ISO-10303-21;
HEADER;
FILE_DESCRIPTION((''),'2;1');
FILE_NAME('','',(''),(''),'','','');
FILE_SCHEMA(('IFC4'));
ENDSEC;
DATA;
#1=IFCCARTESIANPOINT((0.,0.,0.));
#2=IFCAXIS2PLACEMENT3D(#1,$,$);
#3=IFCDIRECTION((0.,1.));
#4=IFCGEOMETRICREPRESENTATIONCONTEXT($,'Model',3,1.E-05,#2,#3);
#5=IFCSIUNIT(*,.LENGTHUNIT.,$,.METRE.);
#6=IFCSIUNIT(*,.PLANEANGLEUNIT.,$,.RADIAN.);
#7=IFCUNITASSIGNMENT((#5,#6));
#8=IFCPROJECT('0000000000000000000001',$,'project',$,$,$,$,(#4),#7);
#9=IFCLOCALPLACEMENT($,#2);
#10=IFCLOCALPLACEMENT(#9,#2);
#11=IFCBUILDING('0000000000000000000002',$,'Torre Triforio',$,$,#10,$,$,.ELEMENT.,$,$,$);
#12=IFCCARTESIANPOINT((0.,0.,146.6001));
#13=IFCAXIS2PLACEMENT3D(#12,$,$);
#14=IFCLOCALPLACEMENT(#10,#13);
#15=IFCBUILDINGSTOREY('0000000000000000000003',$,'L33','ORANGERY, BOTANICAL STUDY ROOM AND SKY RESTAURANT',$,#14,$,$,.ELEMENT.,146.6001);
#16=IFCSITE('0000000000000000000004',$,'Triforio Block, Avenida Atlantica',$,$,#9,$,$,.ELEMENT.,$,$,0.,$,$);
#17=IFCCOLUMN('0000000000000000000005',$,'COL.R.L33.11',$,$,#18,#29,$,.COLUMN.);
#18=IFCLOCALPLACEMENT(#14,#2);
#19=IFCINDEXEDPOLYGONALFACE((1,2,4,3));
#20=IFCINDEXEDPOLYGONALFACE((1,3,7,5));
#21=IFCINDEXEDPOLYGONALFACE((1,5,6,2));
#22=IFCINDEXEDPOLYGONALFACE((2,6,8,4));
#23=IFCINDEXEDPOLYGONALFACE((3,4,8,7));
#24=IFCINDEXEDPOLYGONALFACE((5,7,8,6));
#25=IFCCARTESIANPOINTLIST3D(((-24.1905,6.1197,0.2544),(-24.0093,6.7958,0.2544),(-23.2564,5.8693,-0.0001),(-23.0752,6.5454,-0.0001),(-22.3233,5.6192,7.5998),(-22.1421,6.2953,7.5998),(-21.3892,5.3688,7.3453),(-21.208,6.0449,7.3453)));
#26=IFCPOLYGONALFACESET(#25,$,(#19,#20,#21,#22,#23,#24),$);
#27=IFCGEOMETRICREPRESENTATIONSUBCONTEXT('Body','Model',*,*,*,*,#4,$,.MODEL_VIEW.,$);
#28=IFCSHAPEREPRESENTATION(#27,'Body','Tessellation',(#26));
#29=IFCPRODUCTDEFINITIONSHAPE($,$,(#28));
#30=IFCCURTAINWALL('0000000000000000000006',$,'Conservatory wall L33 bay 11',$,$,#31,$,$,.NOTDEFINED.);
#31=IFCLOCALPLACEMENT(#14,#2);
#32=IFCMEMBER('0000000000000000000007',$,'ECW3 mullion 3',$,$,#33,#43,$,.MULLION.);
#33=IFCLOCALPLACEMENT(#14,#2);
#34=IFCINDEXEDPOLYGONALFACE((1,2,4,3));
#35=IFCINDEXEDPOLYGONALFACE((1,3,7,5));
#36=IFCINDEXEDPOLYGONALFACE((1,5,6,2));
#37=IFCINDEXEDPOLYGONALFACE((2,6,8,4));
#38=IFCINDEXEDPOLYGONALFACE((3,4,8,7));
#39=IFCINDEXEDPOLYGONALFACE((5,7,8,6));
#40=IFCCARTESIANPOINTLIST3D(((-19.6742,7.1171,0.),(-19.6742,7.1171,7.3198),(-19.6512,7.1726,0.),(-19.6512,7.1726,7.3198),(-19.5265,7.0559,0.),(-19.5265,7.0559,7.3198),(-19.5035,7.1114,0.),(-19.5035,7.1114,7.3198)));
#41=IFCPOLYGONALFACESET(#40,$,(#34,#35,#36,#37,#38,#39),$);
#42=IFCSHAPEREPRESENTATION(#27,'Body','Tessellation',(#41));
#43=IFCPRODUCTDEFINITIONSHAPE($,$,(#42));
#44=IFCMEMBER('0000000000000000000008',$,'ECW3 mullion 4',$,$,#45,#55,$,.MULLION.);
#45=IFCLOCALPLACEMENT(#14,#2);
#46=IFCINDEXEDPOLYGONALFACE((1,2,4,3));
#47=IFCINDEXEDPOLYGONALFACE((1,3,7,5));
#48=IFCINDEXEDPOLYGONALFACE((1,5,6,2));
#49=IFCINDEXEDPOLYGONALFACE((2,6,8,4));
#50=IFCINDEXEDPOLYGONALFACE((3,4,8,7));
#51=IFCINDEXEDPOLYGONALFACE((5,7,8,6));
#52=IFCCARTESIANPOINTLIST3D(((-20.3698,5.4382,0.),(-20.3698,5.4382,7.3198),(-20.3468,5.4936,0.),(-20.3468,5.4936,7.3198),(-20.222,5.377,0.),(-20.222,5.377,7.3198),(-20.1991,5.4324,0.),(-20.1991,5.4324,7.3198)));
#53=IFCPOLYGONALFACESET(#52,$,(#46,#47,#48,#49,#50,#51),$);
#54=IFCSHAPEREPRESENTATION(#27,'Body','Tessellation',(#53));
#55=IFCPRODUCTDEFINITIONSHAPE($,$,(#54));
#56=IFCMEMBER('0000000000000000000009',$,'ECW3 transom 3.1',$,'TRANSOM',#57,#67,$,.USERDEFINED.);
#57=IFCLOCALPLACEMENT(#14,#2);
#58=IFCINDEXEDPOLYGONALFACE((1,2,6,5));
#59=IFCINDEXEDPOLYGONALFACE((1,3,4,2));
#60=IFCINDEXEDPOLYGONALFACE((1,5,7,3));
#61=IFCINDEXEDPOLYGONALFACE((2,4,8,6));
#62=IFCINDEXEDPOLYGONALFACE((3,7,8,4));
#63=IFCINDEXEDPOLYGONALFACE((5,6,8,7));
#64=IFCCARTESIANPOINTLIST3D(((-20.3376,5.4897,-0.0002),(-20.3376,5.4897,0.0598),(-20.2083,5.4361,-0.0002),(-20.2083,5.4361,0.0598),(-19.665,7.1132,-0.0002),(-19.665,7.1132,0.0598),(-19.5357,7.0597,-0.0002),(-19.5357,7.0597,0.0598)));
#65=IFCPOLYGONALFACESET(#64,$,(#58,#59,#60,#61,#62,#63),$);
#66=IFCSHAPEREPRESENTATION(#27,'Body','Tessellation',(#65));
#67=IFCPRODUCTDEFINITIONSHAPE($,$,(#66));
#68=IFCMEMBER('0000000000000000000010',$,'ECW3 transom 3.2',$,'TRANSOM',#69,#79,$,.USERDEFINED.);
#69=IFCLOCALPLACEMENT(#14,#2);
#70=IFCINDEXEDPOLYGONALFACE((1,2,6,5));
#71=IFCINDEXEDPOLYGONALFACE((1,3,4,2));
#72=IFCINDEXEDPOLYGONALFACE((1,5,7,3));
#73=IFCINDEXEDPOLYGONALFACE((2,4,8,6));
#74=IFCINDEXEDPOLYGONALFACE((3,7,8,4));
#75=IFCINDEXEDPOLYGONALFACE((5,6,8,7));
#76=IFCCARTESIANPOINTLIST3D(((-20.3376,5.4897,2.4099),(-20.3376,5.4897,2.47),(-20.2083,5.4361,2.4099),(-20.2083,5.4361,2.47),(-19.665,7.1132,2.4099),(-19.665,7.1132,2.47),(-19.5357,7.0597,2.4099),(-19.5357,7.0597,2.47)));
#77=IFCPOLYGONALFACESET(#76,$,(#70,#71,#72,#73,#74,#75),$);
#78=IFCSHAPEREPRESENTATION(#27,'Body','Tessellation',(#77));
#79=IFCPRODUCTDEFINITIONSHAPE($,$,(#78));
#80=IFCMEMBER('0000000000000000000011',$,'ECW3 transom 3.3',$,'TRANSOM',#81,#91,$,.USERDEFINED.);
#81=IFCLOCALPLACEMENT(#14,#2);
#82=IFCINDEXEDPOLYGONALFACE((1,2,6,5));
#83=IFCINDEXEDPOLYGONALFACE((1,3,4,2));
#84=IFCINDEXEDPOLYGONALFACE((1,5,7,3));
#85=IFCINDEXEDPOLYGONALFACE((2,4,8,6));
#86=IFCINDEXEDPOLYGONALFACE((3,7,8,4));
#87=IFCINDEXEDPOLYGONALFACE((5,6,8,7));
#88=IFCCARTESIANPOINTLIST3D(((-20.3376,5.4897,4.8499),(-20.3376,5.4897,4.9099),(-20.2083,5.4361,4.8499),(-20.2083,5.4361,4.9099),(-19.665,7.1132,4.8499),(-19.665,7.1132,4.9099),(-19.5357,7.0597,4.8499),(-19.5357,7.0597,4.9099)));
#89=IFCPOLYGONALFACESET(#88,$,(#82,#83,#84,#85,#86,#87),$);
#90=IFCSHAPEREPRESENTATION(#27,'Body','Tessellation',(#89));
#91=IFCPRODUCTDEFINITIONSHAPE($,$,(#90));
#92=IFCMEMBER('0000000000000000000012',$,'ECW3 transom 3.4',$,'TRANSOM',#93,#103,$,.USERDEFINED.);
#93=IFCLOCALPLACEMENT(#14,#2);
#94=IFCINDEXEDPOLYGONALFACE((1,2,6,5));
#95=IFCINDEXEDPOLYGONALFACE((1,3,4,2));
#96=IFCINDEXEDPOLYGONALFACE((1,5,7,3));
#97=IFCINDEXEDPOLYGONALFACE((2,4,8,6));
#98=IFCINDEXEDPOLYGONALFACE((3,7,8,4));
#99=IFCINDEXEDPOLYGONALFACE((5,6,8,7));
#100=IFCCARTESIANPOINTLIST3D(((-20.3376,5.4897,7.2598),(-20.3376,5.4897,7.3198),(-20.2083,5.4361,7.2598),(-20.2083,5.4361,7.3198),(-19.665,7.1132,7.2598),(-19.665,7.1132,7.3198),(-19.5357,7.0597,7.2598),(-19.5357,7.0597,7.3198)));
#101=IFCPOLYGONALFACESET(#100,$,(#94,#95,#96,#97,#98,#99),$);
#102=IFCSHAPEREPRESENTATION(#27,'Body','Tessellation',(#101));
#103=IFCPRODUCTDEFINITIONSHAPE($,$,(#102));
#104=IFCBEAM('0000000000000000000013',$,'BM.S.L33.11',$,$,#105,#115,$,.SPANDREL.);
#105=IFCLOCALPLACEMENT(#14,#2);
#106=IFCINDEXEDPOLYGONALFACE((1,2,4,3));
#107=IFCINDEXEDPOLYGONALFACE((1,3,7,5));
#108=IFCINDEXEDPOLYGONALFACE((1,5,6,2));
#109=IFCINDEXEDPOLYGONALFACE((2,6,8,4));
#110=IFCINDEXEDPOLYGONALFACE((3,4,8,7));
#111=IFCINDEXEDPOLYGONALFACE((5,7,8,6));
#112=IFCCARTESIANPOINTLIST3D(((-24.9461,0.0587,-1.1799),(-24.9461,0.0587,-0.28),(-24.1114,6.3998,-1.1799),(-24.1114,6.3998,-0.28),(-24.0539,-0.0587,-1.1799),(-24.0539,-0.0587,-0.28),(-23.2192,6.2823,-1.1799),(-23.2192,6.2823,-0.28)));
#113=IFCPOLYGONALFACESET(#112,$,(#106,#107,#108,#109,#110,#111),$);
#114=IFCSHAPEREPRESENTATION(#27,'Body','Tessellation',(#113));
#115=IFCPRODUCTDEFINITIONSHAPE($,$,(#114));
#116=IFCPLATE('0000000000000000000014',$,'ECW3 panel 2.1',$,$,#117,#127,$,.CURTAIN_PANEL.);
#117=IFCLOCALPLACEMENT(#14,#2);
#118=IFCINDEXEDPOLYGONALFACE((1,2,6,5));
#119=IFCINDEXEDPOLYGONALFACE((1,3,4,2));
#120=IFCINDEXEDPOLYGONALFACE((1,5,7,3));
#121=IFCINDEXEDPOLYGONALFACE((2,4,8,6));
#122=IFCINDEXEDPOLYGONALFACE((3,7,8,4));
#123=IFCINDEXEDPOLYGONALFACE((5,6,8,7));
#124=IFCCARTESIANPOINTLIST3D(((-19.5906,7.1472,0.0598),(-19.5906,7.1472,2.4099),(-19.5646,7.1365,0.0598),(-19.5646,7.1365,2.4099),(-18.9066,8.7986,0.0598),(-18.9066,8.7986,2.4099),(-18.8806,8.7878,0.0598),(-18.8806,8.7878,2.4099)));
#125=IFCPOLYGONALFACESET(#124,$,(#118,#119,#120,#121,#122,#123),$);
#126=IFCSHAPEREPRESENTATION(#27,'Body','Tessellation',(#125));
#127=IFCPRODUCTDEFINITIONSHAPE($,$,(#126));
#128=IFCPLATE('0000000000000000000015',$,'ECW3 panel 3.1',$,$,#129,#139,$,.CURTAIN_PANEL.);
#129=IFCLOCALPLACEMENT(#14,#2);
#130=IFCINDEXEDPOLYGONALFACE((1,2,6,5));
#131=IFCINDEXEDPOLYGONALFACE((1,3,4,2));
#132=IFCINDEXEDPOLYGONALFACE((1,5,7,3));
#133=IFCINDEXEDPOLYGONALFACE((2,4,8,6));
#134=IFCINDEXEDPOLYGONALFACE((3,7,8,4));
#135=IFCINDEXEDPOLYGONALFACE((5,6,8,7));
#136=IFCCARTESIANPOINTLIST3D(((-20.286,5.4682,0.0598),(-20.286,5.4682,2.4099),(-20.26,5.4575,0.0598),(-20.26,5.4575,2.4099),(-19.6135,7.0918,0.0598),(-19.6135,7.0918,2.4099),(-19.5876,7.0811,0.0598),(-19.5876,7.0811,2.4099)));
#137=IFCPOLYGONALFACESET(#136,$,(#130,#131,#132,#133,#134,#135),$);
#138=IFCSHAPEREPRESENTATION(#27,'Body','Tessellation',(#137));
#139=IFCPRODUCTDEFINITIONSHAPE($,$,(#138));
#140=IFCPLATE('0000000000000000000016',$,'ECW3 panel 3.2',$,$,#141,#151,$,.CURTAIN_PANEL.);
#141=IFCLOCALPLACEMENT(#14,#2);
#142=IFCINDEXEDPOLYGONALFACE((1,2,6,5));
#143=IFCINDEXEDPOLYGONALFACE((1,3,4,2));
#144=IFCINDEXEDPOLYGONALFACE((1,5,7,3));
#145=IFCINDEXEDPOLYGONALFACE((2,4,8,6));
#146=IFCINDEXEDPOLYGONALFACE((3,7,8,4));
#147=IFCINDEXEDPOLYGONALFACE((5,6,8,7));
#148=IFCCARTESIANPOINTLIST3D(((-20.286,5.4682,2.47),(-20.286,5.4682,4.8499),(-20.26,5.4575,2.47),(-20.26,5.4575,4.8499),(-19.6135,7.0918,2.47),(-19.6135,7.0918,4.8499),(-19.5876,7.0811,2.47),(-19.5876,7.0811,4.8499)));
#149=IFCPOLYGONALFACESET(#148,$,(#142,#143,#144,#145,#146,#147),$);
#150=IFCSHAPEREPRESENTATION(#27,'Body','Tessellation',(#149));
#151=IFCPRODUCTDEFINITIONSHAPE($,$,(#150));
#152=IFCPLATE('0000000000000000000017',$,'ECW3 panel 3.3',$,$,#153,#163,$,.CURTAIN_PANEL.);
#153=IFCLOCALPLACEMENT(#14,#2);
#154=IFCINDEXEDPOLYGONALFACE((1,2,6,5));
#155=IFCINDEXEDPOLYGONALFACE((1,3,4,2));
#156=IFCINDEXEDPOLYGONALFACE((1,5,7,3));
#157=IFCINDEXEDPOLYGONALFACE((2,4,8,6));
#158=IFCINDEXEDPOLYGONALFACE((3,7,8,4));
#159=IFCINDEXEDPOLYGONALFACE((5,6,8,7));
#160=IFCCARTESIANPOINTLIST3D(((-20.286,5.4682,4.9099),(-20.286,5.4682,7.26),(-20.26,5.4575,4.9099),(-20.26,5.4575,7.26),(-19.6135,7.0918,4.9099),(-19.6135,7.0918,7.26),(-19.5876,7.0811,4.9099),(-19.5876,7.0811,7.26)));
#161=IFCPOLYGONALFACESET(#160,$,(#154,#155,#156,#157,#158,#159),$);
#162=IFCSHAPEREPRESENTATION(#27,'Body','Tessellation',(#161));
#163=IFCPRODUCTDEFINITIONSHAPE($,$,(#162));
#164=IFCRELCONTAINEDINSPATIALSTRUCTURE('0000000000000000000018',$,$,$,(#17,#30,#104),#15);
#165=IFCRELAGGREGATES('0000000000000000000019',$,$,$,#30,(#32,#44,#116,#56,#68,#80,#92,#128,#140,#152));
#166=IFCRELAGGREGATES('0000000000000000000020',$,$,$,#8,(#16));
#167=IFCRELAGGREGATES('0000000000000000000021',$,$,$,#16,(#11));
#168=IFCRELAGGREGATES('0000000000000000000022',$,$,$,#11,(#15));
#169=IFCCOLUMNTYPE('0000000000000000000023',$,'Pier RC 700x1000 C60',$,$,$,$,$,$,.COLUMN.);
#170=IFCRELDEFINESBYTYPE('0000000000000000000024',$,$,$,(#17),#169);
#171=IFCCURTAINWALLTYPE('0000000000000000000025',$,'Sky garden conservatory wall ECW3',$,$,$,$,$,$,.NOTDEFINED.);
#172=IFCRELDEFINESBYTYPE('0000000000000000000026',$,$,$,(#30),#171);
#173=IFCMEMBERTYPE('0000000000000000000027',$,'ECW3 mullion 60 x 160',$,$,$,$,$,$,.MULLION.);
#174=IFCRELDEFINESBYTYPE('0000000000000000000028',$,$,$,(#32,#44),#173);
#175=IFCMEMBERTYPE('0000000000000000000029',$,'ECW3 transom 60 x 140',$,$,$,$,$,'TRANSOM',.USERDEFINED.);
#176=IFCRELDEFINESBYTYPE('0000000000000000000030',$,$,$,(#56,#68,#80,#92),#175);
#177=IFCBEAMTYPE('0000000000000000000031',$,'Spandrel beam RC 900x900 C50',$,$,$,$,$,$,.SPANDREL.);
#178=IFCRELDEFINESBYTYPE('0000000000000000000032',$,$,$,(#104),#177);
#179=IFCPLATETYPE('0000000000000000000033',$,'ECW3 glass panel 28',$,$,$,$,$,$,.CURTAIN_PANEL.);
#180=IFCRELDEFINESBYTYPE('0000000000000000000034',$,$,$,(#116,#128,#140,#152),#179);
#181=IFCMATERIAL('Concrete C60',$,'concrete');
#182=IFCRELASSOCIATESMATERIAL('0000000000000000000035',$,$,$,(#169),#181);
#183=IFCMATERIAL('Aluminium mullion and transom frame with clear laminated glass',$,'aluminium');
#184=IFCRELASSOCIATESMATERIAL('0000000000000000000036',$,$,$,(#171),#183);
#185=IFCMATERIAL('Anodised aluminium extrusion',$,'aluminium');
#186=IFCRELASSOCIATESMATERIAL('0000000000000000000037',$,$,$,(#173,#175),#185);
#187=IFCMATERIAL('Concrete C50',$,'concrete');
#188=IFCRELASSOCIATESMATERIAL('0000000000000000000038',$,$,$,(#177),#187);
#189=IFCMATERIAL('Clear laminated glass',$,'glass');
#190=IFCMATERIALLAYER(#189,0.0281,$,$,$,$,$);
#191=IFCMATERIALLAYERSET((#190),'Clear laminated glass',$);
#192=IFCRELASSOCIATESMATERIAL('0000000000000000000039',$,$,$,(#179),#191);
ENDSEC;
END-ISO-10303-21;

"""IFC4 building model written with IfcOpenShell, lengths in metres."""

from ifc_helpers import new_model, si_unit, direction, frame, origin, origin_2d, place, context, subcontext, project, spatial, rectangle, extrude, material, layer, layer_set, material_profile, profile_set, type_object, element, aggregate, save


model = new_model("IFC4")

# Units and contexts
model_context = context("Model", 3, precision=1e-05, world=origin(), true_north=direction((0.0, 1.0)))
body_context = subcontext(model_context, "Body", "Model", "MODEL_VIEW")
ifc_project = project(units=[si_unit("LENGTHUNIT", "METRE"), si_unit("PLANEANGLEUNIT", "RADIAN")], contexts=[model_context])

# Site, building, storey
site_placement = place(None, origin())
site = spatial("IfcSite", under=ifc_project, at=site_placement, Name="Triforio Block, Avenida Atlantica", CompositionType="ELEMENT", RefElevation=0.0)
building_placement = place(site_placement, origin())
building = spatial("IfcBuilding", under=site, at=building_placement, Name="Torre Triforio", CompositionType="ELEMENT")
storey_placement = place(building_placement, frame((0.0, 0.0, 146.6001)))
storey = spatial("IfcBuildingStorey", under=building, at=storey_placement, Name="L33", Description="ORANGERY, BOTANICAL STUDY ROOM AND SKY RESTAURANT", CompositionType="ELEMENT", Elevation=146.6001)

# Column
ifc_material_1 = material(Name="Concrete C60", Category="concrete")
ifc_material_profile_1 = material_profile(ifc_material_1, rectangle(XDim=0.7, YDim=1.0, at=origin_2d()), Name="RC 700x1000")
ifc_profile_set_1 = profile_set([ifc_material_profile_1], Name="Concrete C60")
column_type = type_object("IfcColumnType", Name="Pier RC 700x1000 C60", PredefinedType="COLUMN", material=ifc_profile_set_1)
column_placement = place(storey_placement, frame((-23.6328, 6.3325, 0.1272), z_axis=(0.245826, -0.065892, 0.967072), x_axis=(0.258904, 0.965903, 0.0)))
element("IfcColumn", 1, at=column_placement, inside=storey, type_object=column_type, Name="COL.R.L33.11", PredefinedType="COLUMN", context=body_context, shape_type="SweptSolid", body=[
    extrude(rectangle(XDim=0.7, YDim=1.0, at=origin_2d()), origin(), (0.0, 0.0, 1.0), 7.5955),
])

# Curtain wall, members
ifc_material_2 = material(Name="Aluminium mullion and transom frame with clear laminated glass", Category="aluminium")
curtain_wall_type = type_object("IfcCurtainWallType", Name="Sky garden conservatory wall ECW3", PredefinedType="NOTDEFINED", material=ifc_material_2)
curtain_wall_placement = place(storey_placement, origin())
curtain_wall = element("IfcCurtainWall", 2, at=curtain_wall_placement, inside=storey, type_object=curtain_wall_type, Name="Conservatory wall L33 bay 11", PredefinedType="NOTDEFINED")
ifc_material_3 = material(Name="Anodised aluminium extrusion", Category="aluminium")
ifc_material_profile_2 = material_profile(ifc_material_3, rectangle(XDim=0.1599, YDim=0.0601, at=origin_2d()), Name="ECW3 MULLION 60x160")
ifc_profile_set_2 = profile_set([ifc_material_profile_2], Name="Anodised aluminium extrusion")
member_type_1 = type_object("IfcMemberType", Name="ECW3 mullion 60 x 160", PredefinedType="MULLION", material=ifc_profile_set_2)
member_1_placement = place(storey_placement, frame((-19.5889, 7.1143, 0.0), z_axis=(0.0, 0.0, 1.0), x_axis=(0.923883, -0.382675, 0.0)))
member_1 = element("IfcMember", 3, at=member_1_placement, type_object=member_type_1, Name="ECW3 mullion 3", PredefinedType="MULLION", context=body_context, shape_type="SweptSolid", body=[
    extrude(rectangle(XDim=0.1599, YDim=0.0601, at=origin_2d()), origin(), (0.0, 0.0, 1.0), 7.3198),
])
member_2_placement = place(storey_placement, frame((-20.2844, 5.4353, 0.0), z_axis=(0.0, 0.0, 1.0), x_axis=(0.923883, -0.382675, 0.0)))
member_2 = element("IfcMember", 4, at=member_2_placement, type_object=member_type_1, Name="ECW3 mullion 4", PredefinedType="MULLION", context=body_context, shape_type="SweptSolid", body=[
    extrude(rectangle(XDim=0.1599, YDim=0.0601, at=origin_2d()), origin(), (0.0, 0.0, 1.0), 7.3198),
])
ifc_material_profile_3 = material_profile(ifc_material_3, rectangle(XDim=0.1399, YDim=0.0601, at=origin_2d()), Name="ECW3 TRANSOM 60x140")
ifc_profile_set_3 = profile_set([ifc_material_profile_3], Name="Anodised aluminium extrusion")
member_type_2 = type_object("IfcMemberType", Name="ECW3 transom 60 x 140", ElementType="TRANSOM", PredefinedType="USERDEFINED", material=ifc_profile_set_3)
member_3_placement = place(storey_placement, frame((-19.6003, 7.0864, 0.0298), z_axis=(-0.38274, -0.923856, 0.0), x_axis=(0.923856, -0.38274, 0.0)))
member_3 = element("IfcMember", 5, at=member_3_placement, type_object=member_type_2, Name="ECW3 transom 3.1", ObjectType="TRANSOM", PredefinedType="USERDEFINED", context=body_context, shape_type="SweptSolid", body=[
    extrude(rectangle(XDim=0.1399, YDim=0.0601, at=origin_2d()), origin(), (0.0, 0.0, 1.0), 1.7573),
])
member_4_placement = place(storey_placement, frame((-19.6003, 7.0864, 2.4399), z_axis=(-0.38274, -0.923856, 0.0), x_axis=(0.923856, -0.38274, 0.0)))
member_4 = element("IfcMember", 6, at=member_4_placement, type_object=member_type_2, Name="ECW3 transom 3.2", ObjectType="TRANSOM", PredefinedType="USERDEFINED", context=body_context, shape_type="SweptSolid", body=[
    extrude(rectangle(XDim=0.1399, YDim=0.0601, at=origin_2d()), origin(), (0.0, 0.0, 1.0), 1.7573),
])
member_5_placement = place(storey_placement, frame((-19.6003, 7.0864, 4.8799), z_axis=(-0.38274, -0.923856, 0.0), x_axis=(0.923856, -0.38274, 0.0)))
member_5 = element("IfcMember", 7, at=member_5_placement, type_object=member_type_2, Name="ECW3 transom 3.3", ObjectType="TRANSOM", PredefinedType="USERDEFINED", context=body_context, shape_type="SweptSolid", body=[
    extrude(rectangle(XDim=0.1399, YDim=0.0601, at=origin_2d()), origin(), (0.0, 0.0, 1.0), 1.7573),
])
member_6_placement = place(storey_placement, frame((-19.6003, 7.0864, 7.2898), z_axis=(-0.38274, -0.923856, 0.0), x_axis=(0.923856, -0.38274, 0.0)))
member_6 = element("IfcMember", 8, at=member_6_placement, type_object=member_type_2, Name="ECW3 transom 3.4", ObjectType="TRANSOM", PredefinedType="USERDEFINED", context=body_context, shape_type="SweptSolid", body=[
    extrude(rectangle(XDim=0.1399, YDim=0.0601, at=origin_2d()), origin(), (0.0, 0.0, 1.0), 1.7573),
])

# Beam
ifc_material_4 = material(Name="Concrete C50", Category="concrete")
ifc_material_profile_4 = material_profile(ifc_material_4, rectangle(XDim=0.8999, YDim=0.8999, at=origin_2d()), Name="RC 900x900")
ifc_profile_set_4 = profile_set([ifc_material_profile_4], Name="Concrete C50")
beam_type = type_object("IfcBeamType", Name="Spandrel beam RC 900x900 C50", PredefinedType="SPANDREL", material=ifc_profile_set_4)
beam_placement = place(storey_placement, frame((-23.6653, 6.3411, -0.73), z_axis=(-0.130511, -0.991447, 0.0), x_axis=(0.991447, -0.130511, 0.0)))
element("IfcBeam", 9, at=beam_placement, inside=storey, type_object=beam_type, Name="BM.S.L33.11", PredefinedType="SPANDREL", context=body_context, shape_type="SweptSolid", body=[
    extrude(rectangle(XDim=0.8999, YDim=0.8999, at=origin_2d()), origin(), (0.0, 0.0, 1.0), 6.3958),
])

# Plates
ifc_material_5 = material(Name="Clear laminated glass", Category="glass")
ifc_layer_1 = layer(ifc_material_5, 0.0281)
ifc_layer_set_1 = layer_set([ifc_layer_1], Name="Clear laminated glass")
plate_type = type_object("IfcPlateType", Name="ECW3 glass panel 28", PredefinedType="CURTAIN_PANEL", material=ifc_layer_set_1)
plate_1_placement = place(storey_placement, frame((-19.2356, 7.9675, 0.0598), z_axis=(0.0, 0.0, 1.0), x_axis=(-0.382675, -0.923883, 0.0)))
plate_1 = element("IfcPlate", 10, at=plate_1_placement, type_object=plate_type, Name="ECW3 panel 2.1", PredefinedType="CURTAIN_PANEL", context=body_context, shape_type="SweptSolid", body=[
    extrude(rectangle(XDim=1.7874, YDim=0.0281, at=origin_2d()), origin(), (0.0, 0.0, 1.0), 2.3501),
])
plate_2_placement = place(storey_placement, frame((-19.9368, 6.2747, 0.0598), z_axis=(0.0, 0.0, 1.0), x_axis=(-0.382675, -0.923883, 0.0)))
plate_2 = element("IfcPlate", 11, at=plate_2_placement, type_object=plate_type, Name="ECW3 panel 3.1", PredefinedType="CURTAIN_PANEL", context=body_context, shape_type="SweptSolid", body=[
    extrude(rectangle(XDim=1.7573, YDim=0.0281, at=origin_2d()), origin(), (0.0, 0.0, 1.0), 2.3501),
])
plate_3_placement = place(storey_placement, frame((-19.9368, 6.2747, 2.47), z_axis=(0.0, 0.0, 1.0), x_axis=(-0.382675, -0.923883, 0.0)))
plate_3 = element("IfcPlate", 12, at=plate_3_placement, type_object=plate_type, Name="ECW3 panel 3.2", PredefinedType="CURTAIN_PANEL", context=body_context, shape_type="SweptSolid", body=[
    extrude(rectangle(XDim=1.7573, YDim=0.0281, at=origin_2d()), origin(), (0.0, 0.0, 1.0), 2.3799),
])
plate_4_placement = place(storey_placement, frame((-19.9368, 6.2747, 4.9099), z_axis=(0.0, 0.0, 1.0), x_axis=(-0.382675, -0.923883, 0.0)))
plate_4 = element("IfcPlate", 13, at=plate_4_placement, type_object=plate_type, Name="ECW3 panel 3.3", PredefinedType="CURTAIN_PANEL", context=body_context, shape_type="SweptSolid", body=[
    extrude(rectangle(XDim=1.7573, YDim=0.0281, at=origin_2d()), origin(), (0.0, 0.0, 1.0), 2.3501),
])
aggregate(curtain_wall, [member_1, member_2, plate_1, member_3, member_4, member_5, member_6, plate_2, plate_3, plate_4])

save(model, "model.ifc")
